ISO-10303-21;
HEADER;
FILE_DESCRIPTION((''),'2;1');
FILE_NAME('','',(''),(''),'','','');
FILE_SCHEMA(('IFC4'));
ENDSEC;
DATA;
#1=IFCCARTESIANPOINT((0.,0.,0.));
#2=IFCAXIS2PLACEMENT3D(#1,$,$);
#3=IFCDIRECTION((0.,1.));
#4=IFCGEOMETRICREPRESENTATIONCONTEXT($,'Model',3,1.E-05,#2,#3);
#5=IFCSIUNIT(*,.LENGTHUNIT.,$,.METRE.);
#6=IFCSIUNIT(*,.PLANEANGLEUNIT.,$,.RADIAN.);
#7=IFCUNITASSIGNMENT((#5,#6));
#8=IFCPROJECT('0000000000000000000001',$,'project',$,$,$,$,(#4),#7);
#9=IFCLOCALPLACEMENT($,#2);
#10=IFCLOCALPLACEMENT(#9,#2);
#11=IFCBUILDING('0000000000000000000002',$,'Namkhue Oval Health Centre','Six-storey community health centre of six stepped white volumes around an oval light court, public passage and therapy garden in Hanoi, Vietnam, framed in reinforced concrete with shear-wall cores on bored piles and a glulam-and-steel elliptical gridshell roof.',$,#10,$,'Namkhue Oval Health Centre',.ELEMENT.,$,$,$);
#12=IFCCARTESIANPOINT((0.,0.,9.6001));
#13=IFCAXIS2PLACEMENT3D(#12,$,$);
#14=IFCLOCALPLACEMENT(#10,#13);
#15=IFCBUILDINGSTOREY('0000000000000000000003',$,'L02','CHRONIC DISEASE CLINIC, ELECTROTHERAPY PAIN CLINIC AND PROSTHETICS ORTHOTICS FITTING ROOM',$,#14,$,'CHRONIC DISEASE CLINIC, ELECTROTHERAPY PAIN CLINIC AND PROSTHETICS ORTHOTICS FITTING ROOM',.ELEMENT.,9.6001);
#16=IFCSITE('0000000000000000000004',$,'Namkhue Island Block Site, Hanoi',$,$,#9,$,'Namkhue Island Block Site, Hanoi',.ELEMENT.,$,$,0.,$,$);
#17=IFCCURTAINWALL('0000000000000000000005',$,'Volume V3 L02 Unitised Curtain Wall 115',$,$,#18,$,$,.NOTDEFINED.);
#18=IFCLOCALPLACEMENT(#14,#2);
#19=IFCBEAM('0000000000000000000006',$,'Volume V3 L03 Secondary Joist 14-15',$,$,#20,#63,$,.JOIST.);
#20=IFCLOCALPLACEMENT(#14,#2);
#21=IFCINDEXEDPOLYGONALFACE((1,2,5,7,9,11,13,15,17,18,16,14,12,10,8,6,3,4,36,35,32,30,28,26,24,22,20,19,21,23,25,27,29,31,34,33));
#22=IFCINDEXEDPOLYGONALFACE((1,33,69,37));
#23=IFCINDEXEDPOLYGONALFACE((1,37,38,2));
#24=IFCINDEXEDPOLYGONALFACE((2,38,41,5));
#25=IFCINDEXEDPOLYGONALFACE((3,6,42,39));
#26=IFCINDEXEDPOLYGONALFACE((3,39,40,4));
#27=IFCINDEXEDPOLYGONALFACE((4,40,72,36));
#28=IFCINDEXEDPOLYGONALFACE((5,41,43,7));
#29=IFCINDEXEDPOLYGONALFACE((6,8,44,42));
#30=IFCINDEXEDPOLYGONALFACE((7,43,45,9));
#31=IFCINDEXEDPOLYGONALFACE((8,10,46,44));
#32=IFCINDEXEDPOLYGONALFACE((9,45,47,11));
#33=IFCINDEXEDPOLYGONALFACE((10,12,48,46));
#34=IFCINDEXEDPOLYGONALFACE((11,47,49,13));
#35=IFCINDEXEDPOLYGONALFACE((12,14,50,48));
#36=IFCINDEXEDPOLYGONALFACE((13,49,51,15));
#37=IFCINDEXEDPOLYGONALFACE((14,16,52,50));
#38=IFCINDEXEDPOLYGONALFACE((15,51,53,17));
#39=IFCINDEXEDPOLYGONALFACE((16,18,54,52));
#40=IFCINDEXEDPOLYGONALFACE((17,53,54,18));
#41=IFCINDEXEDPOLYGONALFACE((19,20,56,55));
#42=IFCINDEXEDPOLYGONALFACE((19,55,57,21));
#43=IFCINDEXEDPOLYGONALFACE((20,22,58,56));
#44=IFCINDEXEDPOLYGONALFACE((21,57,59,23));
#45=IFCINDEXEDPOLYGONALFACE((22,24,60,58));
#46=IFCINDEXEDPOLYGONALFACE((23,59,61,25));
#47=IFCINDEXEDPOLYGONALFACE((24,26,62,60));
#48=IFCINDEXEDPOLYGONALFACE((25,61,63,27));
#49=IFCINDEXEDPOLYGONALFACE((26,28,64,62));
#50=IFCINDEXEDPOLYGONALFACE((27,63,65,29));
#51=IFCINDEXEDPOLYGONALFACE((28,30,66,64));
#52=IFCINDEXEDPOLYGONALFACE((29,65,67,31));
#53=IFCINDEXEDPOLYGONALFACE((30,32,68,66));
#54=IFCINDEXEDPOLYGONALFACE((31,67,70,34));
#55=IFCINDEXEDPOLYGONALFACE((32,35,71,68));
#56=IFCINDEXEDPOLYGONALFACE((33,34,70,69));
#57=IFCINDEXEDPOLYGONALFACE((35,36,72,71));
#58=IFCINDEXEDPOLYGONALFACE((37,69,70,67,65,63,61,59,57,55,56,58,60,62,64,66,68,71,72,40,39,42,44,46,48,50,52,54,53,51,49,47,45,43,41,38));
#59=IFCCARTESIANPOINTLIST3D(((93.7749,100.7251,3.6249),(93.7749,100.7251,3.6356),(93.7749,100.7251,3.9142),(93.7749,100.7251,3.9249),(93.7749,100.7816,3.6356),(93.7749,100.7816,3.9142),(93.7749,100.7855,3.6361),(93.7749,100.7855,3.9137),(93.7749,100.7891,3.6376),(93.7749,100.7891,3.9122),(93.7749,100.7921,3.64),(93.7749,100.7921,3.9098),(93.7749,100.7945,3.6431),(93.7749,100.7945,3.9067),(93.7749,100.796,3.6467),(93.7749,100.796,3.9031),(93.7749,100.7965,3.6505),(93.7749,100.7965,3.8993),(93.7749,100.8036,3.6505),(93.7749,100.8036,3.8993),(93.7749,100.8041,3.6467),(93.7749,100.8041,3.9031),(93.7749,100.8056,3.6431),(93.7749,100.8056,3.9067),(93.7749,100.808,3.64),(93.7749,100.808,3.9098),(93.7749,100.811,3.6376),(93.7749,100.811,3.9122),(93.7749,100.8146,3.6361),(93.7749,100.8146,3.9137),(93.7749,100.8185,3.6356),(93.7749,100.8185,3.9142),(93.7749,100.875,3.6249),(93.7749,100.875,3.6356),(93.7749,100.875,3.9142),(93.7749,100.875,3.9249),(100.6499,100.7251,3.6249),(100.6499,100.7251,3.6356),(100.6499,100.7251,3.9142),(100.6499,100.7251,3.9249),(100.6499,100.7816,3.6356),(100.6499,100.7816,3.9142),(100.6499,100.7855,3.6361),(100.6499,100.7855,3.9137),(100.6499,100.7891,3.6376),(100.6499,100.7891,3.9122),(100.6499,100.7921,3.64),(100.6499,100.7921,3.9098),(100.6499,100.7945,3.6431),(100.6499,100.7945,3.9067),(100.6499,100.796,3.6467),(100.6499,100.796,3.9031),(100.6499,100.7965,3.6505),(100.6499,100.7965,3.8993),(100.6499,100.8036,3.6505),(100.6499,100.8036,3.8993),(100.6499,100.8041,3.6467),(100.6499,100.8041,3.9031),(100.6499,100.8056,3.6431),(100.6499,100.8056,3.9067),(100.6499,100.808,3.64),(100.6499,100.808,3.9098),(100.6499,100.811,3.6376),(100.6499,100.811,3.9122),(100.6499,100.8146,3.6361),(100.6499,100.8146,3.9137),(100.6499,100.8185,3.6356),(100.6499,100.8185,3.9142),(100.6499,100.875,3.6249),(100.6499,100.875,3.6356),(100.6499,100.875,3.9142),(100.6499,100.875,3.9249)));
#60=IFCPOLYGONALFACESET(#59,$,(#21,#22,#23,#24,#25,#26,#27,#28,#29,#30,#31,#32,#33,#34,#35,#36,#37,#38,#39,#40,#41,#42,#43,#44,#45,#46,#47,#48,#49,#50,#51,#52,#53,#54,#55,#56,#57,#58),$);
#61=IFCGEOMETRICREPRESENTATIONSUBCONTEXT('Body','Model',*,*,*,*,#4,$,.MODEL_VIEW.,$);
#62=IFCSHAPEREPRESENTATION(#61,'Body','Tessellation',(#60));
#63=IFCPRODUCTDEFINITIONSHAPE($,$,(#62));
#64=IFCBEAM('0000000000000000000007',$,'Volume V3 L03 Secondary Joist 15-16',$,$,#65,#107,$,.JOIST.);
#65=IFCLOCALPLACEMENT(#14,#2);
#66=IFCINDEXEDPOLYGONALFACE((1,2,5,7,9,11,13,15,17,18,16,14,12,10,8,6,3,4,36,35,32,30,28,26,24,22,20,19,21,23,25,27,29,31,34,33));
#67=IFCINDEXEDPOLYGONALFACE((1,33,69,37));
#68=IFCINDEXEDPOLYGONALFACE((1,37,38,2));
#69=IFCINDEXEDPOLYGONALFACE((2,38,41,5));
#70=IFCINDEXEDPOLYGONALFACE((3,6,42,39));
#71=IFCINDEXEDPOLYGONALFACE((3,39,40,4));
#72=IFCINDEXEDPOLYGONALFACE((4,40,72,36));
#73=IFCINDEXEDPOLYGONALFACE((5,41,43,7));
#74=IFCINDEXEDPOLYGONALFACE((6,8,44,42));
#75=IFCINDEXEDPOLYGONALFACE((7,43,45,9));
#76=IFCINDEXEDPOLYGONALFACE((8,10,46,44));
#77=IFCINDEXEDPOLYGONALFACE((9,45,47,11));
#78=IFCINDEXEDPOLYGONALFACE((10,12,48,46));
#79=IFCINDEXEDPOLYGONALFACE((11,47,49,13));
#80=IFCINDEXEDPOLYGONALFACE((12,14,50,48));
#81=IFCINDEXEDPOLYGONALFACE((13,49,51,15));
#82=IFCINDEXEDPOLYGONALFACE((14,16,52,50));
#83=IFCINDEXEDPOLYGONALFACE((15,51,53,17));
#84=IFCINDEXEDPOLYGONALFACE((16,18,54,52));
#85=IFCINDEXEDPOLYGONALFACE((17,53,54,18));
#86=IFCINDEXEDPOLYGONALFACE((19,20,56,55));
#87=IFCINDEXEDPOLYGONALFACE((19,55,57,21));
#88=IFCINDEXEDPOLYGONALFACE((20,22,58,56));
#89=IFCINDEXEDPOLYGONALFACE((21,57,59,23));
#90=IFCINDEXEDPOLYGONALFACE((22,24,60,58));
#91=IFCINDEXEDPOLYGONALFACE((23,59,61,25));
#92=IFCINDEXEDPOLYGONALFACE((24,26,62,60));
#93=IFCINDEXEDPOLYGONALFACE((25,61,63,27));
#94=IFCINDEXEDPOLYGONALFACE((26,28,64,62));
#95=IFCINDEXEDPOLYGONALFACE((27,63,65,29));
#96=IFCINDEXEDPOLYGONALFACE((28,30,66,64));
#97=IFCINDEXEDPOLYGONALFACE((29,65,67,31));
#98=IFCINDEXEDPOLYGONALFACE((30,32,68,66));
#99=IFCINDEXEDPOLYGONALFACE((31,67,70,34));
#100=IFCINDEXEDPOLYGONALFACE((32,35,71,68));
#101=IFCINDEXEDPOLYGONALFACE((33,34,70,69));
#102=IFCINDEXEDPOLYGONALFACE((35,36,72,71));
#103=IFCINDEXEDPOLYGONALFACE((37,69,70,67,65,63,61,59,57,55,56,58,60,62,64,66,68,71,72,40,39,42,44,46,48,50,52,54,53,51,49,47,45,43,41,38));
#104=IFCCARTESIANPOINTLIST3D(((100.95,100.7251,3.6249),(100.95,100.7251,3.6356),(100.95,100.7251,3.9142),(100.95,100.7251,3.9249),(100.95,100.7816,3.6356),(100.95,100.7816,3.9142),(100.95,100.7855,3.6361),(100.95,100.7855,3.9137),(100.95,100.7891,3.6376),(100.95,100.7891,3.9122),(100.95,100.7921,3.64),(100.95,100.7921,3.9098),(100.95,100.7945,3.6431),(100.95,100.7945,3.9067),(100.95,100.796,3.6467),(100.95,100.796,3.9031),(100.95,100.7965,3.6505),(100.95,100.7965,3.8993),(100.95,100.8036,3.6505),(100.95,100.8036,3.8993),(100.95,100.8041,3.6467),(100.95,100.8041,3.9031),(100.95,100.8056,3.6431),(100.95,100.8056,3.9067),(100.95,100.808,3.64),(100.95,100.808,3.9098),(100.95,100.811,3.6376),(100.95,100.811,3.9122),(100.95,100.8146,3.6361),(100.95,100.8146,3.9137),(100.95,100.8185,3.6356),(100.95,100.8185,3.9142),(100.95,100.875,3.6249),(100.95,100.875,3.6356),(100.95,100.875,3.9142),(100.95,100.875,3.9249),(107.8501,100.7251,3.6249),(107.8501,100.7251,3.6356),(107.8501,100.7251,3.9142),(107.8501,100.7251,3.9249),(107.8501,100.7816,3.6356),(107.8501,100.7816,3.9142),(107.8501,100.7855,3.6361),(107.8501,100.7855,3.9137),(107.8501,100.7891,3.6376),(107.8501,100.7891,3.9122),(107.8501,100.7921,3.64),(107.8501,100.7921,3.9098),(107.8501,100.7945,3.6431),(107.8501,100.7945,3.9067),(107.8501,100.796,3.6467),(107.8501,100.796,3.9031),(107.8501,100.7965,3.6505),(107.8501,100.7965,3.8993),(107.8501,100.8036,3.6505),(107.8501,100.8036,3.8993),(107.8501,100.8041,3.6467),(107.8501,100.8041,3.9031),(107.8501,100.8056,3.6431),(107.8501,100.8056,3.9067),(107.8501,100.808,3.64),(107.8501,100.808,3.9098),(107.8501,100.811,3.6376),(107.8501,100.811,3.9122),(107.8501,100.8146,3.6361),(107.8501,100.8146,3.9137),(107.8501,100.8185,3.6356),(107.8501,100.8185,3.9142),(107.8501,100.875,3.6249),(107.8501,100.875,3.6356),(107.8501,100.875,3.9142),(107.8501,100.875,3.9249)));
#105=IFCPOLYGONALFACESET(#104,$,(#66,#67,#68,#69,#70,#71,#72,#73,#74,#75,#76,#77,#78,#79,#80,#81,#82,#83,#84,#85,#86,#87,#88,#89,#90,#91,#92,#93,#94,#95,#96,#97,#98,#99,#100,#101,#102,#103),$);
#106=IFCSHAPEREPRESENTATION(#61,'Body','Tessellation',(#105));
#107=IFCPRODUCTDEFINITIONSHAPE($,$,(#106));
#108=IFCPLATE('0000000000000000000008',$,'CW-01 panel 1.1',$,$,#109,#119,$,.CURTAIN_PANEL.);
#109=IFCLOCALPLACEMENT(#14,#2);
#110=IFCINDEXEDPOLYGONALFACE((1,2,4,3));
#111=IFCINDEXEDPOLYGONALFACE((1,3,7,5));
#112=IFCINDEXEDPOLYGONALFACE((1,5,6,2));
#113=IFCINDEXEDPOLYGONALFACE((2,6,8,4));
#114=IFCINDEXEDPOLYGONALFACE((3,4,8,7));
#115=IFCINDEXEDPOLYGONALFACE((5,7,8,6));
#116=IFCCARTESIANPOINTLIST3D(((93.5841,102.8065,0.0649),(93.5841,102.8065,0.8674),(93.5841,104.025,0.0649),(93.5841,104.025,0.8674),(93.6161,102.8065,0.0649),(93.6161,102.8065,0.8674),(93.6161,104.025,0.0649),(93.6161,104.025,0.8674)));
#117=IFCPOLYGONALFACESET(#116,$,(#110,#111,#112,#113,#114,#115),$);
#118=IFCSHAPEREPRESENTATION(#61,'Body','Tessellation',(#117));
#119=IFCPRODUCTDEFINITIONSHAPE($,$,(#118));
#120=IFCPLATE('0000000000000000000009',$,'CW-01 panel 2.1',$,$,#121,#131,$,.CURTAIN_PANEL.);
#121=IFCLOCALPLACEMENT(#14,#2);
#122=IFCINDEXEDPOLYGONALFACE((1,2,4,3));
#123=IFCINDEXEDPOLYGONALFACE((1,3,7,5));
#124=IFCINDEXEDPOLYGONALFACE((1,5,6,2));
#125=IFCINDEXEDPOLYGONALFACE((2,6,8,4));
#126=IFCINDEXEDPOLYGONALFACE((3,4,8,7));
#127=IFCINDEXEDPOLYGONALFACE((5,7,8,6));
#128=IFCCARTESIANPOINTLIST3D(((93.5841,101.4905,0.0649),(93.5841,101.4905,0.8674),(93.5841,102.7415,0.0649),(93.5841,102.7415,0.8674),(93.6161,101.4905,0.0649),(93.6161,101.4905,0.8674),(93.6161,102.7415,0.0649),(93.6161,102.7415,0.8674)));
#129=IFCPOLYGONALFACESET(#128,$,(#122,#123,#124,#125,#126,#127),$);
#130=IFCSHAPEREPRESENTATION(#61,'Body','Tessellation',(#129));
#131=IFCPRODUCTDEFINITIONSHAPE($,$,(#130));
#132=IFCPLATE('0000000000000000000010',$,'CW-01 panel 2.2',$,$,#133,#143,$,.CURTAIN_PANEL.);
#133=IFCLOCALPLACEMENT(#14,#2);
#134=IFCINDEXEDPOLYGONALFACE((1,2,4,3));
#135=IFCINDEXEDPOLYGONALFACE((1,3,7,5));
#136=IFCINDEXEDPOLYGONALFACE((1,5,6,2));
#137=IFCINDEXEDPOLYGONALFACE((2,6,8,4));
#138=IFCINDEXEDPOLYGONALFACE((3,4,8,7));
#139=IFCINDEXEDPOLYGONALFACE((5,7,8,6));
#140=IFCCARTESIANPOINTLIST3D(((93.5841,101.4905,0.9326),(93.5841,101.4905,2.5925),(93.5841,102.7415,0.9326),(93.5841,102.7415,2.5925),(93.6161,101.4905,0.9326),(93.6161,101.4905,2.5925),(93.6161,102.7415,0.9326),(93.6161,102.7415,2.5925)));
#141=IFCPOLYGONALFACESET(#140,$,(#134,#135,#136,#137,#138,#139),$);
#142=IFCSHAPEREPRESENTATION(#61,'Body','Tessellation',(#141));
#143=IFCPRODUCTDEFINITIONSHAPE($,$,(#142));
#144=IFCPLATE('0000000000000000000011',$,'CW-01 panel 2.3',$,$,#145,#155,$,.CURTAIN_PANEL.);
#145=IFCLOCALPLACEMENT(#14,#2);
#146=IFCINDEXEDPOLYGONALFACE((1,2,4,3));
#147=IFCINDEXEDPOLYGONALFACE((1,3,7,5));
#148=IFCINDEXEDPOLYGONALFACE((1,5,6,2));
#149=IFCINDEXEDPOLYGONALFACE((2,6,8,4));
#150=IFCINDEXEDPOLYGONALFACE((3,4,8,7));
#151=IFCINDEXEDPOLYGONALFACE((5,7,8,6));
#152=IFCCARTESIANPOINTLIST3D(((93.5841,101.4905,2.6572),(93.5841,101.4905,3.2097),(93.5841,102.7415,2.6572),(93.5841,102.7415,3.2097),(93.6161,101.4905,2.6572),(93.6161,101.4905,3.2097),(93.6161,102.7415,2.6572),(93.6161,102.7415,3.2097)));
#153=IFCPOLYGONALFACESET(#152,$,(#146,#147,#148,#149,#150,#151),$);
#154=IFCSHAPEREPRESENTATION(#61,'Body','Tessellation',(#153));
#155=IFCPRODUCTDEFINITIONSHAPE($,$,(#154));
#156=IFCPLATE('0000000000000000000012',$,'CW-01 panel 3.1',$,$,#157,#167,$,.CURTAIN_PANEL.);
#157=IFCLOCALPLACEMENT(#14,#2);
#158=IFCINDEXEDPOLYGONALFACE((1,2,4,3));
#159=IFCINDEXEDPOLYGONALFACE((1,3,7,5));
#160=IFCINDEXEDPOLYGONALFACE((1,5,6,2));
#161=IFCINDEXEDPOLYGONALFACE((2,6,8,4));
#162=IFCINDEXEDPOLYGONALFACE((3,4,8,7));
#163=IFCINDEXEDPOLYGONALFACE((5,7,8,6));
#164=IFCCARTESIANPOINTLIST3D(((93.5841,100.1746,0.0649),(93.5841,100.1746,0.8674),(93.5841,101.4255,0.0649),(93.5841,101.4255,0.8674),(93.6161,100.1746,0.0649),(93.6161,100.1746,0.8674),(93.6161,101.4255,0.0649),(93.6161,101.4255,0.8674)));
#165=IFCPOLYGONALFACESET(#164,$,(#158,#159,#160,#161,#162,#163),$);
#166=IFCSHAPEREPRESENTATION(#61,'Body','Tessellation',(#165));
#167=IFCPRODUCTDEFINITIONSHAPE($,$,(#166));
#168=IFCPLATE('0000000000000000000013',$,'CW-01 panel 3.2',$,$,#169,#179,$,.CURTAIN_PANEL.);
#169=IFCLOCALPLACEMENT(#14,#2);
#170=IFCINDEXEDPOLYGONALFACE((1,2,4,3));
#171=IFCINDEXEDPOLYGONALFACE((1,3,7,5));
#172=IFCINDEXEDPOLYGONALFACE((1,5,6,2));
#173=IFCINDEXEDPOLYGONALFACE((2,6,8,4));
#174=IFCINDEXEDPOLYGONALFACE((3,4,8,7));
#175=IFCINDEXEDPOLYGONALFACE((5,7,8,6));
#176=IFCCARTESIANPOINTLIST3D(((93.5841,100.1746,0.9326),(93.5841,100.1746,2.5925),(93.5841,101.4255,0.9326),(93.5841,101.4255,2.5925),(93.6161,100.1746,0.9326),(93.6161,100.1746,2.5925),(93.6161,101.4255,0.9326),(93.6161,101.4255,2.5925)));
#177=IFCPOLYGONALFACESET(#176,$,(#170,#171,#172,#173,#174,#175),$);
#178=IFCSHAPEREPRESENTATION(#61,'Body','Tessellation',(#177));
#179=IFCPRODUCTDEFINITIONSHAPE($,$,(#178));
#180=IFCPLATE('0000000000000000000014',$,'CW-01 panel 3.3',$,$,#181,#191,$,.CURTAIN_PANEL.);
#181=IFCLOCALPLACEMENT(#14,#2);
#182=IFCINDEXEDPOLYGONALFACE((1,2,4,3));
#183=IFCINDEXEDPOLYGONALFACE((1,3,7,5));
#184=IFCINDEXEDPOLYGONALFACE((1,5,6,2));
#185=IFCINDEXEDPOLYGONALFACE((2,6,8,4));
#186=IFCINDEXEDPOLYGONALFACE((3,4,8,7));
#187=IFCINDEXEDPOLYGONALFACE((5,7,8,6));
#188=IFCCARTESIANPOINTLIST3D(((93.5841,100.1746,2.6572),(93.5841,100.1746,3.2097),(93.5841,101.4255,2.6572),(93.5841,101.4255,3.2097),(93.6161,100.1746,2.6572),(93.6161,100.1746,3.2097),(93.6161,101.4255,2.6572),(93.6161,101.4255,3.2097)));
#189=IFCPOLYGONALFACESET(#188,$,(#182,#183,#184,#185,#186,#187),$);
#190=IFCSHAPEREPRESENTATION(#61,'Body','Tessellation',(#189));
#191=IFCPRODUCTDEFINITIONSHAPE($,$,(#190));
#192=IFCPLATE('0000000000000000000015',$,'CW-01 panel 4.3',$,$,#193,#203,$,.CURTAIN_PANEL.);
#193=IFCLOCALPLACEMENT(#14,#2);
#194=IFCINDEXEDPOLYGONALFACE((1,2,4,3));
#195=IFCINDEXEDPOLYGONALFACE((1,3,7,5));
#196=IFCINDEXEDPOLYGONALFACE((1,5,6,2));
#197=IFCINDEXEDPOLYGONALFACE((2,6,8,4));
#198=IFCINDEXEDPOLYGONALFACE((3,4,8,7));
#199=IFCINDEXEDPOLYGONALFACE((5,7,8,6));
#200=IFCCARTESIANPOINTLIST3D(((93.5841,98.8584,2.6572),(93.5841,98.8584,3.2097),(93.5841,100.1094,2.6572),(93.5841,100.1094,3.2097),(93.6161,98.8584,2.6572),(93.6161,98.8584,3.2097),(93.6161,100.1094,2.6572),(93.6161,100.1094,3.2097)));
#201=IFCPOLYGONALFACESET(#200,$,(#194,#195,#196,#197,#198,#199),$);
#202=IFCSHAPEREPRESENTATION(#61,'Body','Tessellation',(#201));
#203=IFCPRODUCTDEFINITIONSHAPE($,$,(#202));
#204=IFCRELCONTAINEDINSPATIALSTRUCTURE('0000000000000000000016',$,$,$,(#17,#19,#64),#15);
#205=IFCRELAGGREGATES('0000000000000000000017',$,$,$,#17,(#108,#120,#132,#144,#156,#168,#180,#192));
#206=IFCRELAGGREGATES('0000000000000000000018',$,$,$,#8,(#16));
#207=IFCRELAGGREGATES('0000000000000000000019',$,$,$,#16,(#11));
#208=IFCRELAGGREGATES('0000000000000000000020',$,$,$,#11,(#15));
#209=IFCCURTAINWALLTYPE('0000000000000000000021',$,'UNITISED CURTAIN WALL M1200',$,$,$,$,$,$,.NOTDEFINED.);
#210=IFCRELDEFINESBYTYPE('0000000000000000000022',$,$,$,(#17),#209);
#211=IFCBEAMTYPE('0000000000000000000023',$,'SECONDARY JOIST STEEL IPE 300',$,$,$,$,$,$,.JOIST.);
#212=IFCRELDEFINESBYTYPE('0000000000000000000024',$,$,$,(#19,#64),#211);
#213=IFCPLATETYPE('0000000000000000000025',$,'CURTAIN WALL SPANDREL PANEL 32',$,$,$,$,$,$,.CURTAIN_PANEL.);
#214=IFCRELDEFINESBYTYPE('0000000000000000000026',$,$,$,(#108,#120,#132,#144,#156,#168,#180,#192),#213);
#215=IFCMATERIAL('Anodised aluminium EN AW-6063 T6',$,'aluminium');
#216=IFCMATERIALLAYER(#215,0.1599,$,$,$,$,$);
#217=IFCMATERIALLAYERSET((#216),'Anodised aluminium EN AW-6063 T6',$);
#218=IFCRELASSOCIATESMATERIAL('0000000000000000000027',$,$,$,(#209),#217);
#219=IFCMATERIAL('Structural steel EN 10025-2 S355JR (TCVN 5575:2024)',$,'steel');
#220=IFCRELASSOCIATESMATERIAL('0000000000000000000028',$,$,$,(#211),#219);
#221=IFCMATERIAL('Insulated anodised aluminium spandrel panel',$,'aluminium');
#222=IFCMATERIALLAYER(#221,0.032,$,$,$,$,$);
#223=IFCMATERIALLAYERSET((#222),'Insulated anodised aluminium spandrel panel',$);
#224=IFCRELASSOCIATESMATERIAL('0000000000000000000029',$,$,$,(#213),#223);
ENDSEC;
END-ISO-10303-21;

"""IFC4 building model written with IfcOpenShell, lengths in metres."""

from ifc_helpers import new_model, si_unit, direction, frame, origin, origin_2d, place, context, subcontext, project, spatial, rectangle, i_section, extrude, material, layer, layer_set, material_profile, profile_set, type_object, element, aggregate, save


model = new_model("IFC4")

# Units and contexts
model_context = context("Model", 3, precision=1e-05, world=origin(), true_north=direction((0.0, 1.0)))
body_context = subcontext(model_context, "Body", "Model", "MODEL_VIEW")
ifc_project = project(units=[si_unit("LENGTHUNIT", "METRE"), si_unit("PLANEANGLEUNIT", "RADIAN")], contexts=[model_context])

# Site, building, storey
site_placement = place(None, origin())
site = spatial("IfcSite", under=ifc_project, at=site_placement, Name="Namkhue Island Block Site, Hanoi", LongName="Namkhue Island Block Site, Hanoi", CompositionType="ELEMENT", RefElevation=0.0)
building_placement = place(site_placement, origin())
building = spatial("IfcBuilding", under=site, at=building_placement, Name="Namkhue Oval Health Centre", Description="Six-storey community health centre of six stepped white volumes around an oval light court, public passage and therapy garden in Hanoi, Vietnam, framed in reinforced concrete with shear-wall cores on bored piles and a glulam-and-steel elliptical gridshell roof.", LongName="Namkhue Oval Health Centre", CompositionType="ELEMENT")
storey_placement = place(building_placement, frame((0.0, 0.0, 9.6001)))
storey = spatial("IfcBuildingStorey", under=building, at=storey_placement, Name="L02", Description="CHRONIC DISEASE CLINIC, ELECTROTHERAPY PAIN CLINIC AND PROSTHETICS ORTHOTICS FITTING ROOM", LongName="CHRONIC DISEASE CLINIC, ELECTROTHERAPY PAIN CLINIC AND PROSTHETICS ORTHOTICS FITTING ROOM", CompositionType="ELEMENT", Elevation=9.6001)

# Curtain wall
ifc_material_1 = material(Name="Anodised aluminium EN AW-6063 T6", Category="aluminium")
ifc_layer_1 = layer(ifc_material_1, 0.1599)
ifc_layer_set_1 = layer_set([ifc_layer_1], Name="Anodised aluminium EN AW-6063 T6")
curtain_wall_type = type_object("IfcCurtainWallType", Name="UNITISED CURTAIN WALL M1200", PredefinedType="NOTDEFINED", material=ifc_layer_set_1)
curtain_wall_placement = place(storey_placement, origin())
curtain_wall = element("IfcCurtainWall", 1, at=curtain_wall_placement, inside=storey, type_object=curtain_wall_type, Name="Volume V3 L02 Unitised Curtain Wall 115", PredefinedType="NOTDEFINED")

# Beams
ifc_material_2 = material(Name="Structural steel EN 10025-2 S355JR (TCVN 5575:2024)", Category="steel")
ifc_material_profile_1 = material_profile(ifc_material_2, i_section(OverallWidth=0.1499, OverallDepth=0.3, WebThickness=0.0071, FlangeThickness=0.0107, FilletRadius=0.0149, at=origin_2d()), Name="IPE 300")
ifc_profile_set_1 = profile_set([ifc_material_profile_1], Name="Structural steel EN 10025-2 S355JR (TCVN 5575:2024)")
beam_type = type_object("IfcBeamType", Name="SECONDARY JOIST STEEL IPE 300", PredefinedType="JOIST", material=ifc_profile_set_1)
beam_1_placement = place(storey_placement, frame((93.7749, 100.8, 3.7749), z_axis=(1.0, 0.0, 0.0), x_axis=(0.0, 1.0, 0.0)))
element("IfcBeam", 2, at=beam_1_placement, inside=storey, type_object=beam_type, Name="Volume V3 L03 Secondary Joist 14-15", PredefinedType="JOIST", context=body_context, shape_type="SweptSolid", body=[
    extrude(i_section(OverallWidth=0.1499, OverallDepth=0.3, WebThickness=0.0071, FlangeThickness=0.0107, FilletRadius=0.0149, at=origin_2d()), origin(), (0.0, 0.0, 1.0), 6.875),
])
beam_2_placement = place(storey_placement, frame((100.95, 100.8, 3.7749), z_axis=(1.0, 0.0, 0.0), x_axis=(0.0, 1.0, 0.0)))
element("IfcBeam", 3, at=beam_2_placement, inside=storey, type_object=beam_type, Name="Volume V3 L03 Secondary Joist 15-16", PredefinedType="JOIST", context=body_context, shape_type="SweptSolid", body=[
    extrude(i_section(OverallWidth=0.1499, OverallDepth=0.3, WebThickness=0.0071, FlangeThickness=0.0107, FilletRadius=0.0149, at=origin_2d()), origin(), (0.0, 0.0, 1.0), 6.9001),
])

# Plates
ifc_material_3 = material(Name="Insulated anodised aluminium spandrel panel", Category="aluminium")
ifc_layer_2 = layer(ifc_material_3, 0.032)
ifc_layer_set_2 = layer_set([ifc_layer_2], Name="Insulated anodised aluminium spandrel panel")
plate_type = type_object("IfcPlateType", Name="CURTAIN WALL SPANDREL PANEL 32", PredefinedType="CURTAIN_PANEL", material=ifc_layer_set_2)
plate_1_placement = place(storey_placement, frame((93.6001, 103.4158, 0.0649), z_axis=(0.0, 0.0, 1.0), x_axis=(0.0, -1.0, 0.0)))
plate_1 = element("IfcPlate", 4, at=plate_1_placement, type_object=plate_type, Name="CW-01 panel 1.1", PredefinedType="CURTAIN_PANEL", context=body_context, shape_type="SweptSolid", body=[
    extrude(rectangle(XDim=1.2185, YDim=0.032, at=origin_2d()), origin(), (0.0, 0.0, 1.0), 0.8025),
])
plate_2_placement = place(storey_placement, frame((93.6001, 102.116, 0.0649), z_axis=(0.0, 0.0, 1.0), x_axis=(0.0, -1.0, 0.0)))
plate_2 = element("IfcPlate", 5, at=plate_2_placement, type_object=plate_type, Name="CW-01 panel 2.1", PredefinedType="CURTAIN_PANEL", context=body_context, shape_type="SweptSolid", body=[
    extrude(rectangle(XDim=1.251, YDim=0.032, at=origin_2d()), origin(), (0.0, 0.0, 1.0), 0.8025),
])
plate_3_placement = place(storey_placement, frame((93.6001, 102.116, 0.9326), z_axis=(0.0, 0.0, 1.0), x_axis=(0.0, -1.0, 0.0)))
plate_3 = element("IfcPlate", 6, at=plate_3_placement, type_object=plate_type, Name="CW-01 panel 2.2", PredefinedType="CURTAIN_PANEL", context=body_context, shape_type="SweptSolid", body=[
    extrude(rectangle(XDim=1.251, YDim=0.032, at=origin_2d()), origin(), (0.0, 0.0, 1.0), 1.6599),
])
plate_4_placement = place(storey_placement, frame((93.6001, 102.116, 2.6572), z_axis=(0.0, 0.0, 1.0), x_axis=(0.0, -1.0, 0.0)))
plate_4 = element("IfcPlate", 7, at=plate_4_placement, type_object=plate_type, Name="CW-01 panel 2.3", PredefinedType="CURTAIN_PANEL", context=body_context, shape_type="SweptSolid", body=[
    extrude(rectangle(XDim=1.251, YDim=0.032, at=origin_2d()), origin(), (0.0, 0.0, 1.0), 0.5525),
])
plate_5_placement = place(storey_placement, frame((93.6001, 100.8, 0.0649), z_axis=(0.0, 0.0, 1.0), x_axis=(0.0, -1.0, 0.0)))
plate_5 = element("IfcPlate", 8, at=plate_5_placement, type_object=plate_type, Name="CW-01 panel 3.1", PredefinedType="CURTAIN_PANEL", context=body_context, shape_type="SweptSolid", body=[
    extrude(rectangle(XDim=1.251, YDim=0.032, at=origin_2d()), origin(), (0.0, 0.0, 1.0), 0.8025),
])
plate_6_placement = place(storey_placement, frame((93.6001, 100.8, 0.9326), z_axis=(0.0, 0.0, 1.0), x_axis=(0.0, -1.0, 0.0)))
plate_6 = element("IfcPlate", 9, at=plate_6_placement, type_object=plate_type, Name="CW-01 panel 3.2", PredefinedType="CURTAIN_PANEL", context=body_context, shape_type="SweptSolid", body=[
    extrude(rectangle(XDim=1.251, YDim=0.032, at=origin_2d()), origin(), (0.0, 0.0, 1.0), 1.6599),
])
plate_7_placement = place(storey_placement, frame((93.6001, 100.8, 2.6572), z_axis=(0.0, 0.0, 1.0), x_axis=(0.0, -1.0, 0.0)))
plate_7 = element("IfcPlate", 10, at=plate_7_placement, type_object=plate_type, Name="CW-01 panel 3.3", PredefinedType="CURTAIN_PANEL", context=body_context, shape_type="SweptSolid", body=[
    extrude(rectangle(XDim=1.251, YDim=0.032, at=origin_2d()), origin(), (0.0, 0.0, 1.0), 0.5525),
])
plate_8_placement = place(storey_placement, frame((93.6001, 99.4839, 2.6572), z_axis=(0.0, 0.0, 1.0), x_axis=(0.0, -1.0, 0.0)))
plate_8 = element("IfcPlate", 11, at=plate_8_placement, type_object=plate_type, Name="CW-01 panel 4.3", PredefinedType="CURTAIN_PANEL", context=body_context, shape_type="SweptSolid", body=[
    extrude(rectangle(XDim=1.251, YDim=0.032, at=origin_2d()), origin(), (0.0, 0.0, 1.0), 0.5525),
])
aggregate(curtain_wall, [plate_1, plate_2, plate_3, plate_4, plate_5, plate_6, plate_7, plate_8])

save(model, "model.ifc")
